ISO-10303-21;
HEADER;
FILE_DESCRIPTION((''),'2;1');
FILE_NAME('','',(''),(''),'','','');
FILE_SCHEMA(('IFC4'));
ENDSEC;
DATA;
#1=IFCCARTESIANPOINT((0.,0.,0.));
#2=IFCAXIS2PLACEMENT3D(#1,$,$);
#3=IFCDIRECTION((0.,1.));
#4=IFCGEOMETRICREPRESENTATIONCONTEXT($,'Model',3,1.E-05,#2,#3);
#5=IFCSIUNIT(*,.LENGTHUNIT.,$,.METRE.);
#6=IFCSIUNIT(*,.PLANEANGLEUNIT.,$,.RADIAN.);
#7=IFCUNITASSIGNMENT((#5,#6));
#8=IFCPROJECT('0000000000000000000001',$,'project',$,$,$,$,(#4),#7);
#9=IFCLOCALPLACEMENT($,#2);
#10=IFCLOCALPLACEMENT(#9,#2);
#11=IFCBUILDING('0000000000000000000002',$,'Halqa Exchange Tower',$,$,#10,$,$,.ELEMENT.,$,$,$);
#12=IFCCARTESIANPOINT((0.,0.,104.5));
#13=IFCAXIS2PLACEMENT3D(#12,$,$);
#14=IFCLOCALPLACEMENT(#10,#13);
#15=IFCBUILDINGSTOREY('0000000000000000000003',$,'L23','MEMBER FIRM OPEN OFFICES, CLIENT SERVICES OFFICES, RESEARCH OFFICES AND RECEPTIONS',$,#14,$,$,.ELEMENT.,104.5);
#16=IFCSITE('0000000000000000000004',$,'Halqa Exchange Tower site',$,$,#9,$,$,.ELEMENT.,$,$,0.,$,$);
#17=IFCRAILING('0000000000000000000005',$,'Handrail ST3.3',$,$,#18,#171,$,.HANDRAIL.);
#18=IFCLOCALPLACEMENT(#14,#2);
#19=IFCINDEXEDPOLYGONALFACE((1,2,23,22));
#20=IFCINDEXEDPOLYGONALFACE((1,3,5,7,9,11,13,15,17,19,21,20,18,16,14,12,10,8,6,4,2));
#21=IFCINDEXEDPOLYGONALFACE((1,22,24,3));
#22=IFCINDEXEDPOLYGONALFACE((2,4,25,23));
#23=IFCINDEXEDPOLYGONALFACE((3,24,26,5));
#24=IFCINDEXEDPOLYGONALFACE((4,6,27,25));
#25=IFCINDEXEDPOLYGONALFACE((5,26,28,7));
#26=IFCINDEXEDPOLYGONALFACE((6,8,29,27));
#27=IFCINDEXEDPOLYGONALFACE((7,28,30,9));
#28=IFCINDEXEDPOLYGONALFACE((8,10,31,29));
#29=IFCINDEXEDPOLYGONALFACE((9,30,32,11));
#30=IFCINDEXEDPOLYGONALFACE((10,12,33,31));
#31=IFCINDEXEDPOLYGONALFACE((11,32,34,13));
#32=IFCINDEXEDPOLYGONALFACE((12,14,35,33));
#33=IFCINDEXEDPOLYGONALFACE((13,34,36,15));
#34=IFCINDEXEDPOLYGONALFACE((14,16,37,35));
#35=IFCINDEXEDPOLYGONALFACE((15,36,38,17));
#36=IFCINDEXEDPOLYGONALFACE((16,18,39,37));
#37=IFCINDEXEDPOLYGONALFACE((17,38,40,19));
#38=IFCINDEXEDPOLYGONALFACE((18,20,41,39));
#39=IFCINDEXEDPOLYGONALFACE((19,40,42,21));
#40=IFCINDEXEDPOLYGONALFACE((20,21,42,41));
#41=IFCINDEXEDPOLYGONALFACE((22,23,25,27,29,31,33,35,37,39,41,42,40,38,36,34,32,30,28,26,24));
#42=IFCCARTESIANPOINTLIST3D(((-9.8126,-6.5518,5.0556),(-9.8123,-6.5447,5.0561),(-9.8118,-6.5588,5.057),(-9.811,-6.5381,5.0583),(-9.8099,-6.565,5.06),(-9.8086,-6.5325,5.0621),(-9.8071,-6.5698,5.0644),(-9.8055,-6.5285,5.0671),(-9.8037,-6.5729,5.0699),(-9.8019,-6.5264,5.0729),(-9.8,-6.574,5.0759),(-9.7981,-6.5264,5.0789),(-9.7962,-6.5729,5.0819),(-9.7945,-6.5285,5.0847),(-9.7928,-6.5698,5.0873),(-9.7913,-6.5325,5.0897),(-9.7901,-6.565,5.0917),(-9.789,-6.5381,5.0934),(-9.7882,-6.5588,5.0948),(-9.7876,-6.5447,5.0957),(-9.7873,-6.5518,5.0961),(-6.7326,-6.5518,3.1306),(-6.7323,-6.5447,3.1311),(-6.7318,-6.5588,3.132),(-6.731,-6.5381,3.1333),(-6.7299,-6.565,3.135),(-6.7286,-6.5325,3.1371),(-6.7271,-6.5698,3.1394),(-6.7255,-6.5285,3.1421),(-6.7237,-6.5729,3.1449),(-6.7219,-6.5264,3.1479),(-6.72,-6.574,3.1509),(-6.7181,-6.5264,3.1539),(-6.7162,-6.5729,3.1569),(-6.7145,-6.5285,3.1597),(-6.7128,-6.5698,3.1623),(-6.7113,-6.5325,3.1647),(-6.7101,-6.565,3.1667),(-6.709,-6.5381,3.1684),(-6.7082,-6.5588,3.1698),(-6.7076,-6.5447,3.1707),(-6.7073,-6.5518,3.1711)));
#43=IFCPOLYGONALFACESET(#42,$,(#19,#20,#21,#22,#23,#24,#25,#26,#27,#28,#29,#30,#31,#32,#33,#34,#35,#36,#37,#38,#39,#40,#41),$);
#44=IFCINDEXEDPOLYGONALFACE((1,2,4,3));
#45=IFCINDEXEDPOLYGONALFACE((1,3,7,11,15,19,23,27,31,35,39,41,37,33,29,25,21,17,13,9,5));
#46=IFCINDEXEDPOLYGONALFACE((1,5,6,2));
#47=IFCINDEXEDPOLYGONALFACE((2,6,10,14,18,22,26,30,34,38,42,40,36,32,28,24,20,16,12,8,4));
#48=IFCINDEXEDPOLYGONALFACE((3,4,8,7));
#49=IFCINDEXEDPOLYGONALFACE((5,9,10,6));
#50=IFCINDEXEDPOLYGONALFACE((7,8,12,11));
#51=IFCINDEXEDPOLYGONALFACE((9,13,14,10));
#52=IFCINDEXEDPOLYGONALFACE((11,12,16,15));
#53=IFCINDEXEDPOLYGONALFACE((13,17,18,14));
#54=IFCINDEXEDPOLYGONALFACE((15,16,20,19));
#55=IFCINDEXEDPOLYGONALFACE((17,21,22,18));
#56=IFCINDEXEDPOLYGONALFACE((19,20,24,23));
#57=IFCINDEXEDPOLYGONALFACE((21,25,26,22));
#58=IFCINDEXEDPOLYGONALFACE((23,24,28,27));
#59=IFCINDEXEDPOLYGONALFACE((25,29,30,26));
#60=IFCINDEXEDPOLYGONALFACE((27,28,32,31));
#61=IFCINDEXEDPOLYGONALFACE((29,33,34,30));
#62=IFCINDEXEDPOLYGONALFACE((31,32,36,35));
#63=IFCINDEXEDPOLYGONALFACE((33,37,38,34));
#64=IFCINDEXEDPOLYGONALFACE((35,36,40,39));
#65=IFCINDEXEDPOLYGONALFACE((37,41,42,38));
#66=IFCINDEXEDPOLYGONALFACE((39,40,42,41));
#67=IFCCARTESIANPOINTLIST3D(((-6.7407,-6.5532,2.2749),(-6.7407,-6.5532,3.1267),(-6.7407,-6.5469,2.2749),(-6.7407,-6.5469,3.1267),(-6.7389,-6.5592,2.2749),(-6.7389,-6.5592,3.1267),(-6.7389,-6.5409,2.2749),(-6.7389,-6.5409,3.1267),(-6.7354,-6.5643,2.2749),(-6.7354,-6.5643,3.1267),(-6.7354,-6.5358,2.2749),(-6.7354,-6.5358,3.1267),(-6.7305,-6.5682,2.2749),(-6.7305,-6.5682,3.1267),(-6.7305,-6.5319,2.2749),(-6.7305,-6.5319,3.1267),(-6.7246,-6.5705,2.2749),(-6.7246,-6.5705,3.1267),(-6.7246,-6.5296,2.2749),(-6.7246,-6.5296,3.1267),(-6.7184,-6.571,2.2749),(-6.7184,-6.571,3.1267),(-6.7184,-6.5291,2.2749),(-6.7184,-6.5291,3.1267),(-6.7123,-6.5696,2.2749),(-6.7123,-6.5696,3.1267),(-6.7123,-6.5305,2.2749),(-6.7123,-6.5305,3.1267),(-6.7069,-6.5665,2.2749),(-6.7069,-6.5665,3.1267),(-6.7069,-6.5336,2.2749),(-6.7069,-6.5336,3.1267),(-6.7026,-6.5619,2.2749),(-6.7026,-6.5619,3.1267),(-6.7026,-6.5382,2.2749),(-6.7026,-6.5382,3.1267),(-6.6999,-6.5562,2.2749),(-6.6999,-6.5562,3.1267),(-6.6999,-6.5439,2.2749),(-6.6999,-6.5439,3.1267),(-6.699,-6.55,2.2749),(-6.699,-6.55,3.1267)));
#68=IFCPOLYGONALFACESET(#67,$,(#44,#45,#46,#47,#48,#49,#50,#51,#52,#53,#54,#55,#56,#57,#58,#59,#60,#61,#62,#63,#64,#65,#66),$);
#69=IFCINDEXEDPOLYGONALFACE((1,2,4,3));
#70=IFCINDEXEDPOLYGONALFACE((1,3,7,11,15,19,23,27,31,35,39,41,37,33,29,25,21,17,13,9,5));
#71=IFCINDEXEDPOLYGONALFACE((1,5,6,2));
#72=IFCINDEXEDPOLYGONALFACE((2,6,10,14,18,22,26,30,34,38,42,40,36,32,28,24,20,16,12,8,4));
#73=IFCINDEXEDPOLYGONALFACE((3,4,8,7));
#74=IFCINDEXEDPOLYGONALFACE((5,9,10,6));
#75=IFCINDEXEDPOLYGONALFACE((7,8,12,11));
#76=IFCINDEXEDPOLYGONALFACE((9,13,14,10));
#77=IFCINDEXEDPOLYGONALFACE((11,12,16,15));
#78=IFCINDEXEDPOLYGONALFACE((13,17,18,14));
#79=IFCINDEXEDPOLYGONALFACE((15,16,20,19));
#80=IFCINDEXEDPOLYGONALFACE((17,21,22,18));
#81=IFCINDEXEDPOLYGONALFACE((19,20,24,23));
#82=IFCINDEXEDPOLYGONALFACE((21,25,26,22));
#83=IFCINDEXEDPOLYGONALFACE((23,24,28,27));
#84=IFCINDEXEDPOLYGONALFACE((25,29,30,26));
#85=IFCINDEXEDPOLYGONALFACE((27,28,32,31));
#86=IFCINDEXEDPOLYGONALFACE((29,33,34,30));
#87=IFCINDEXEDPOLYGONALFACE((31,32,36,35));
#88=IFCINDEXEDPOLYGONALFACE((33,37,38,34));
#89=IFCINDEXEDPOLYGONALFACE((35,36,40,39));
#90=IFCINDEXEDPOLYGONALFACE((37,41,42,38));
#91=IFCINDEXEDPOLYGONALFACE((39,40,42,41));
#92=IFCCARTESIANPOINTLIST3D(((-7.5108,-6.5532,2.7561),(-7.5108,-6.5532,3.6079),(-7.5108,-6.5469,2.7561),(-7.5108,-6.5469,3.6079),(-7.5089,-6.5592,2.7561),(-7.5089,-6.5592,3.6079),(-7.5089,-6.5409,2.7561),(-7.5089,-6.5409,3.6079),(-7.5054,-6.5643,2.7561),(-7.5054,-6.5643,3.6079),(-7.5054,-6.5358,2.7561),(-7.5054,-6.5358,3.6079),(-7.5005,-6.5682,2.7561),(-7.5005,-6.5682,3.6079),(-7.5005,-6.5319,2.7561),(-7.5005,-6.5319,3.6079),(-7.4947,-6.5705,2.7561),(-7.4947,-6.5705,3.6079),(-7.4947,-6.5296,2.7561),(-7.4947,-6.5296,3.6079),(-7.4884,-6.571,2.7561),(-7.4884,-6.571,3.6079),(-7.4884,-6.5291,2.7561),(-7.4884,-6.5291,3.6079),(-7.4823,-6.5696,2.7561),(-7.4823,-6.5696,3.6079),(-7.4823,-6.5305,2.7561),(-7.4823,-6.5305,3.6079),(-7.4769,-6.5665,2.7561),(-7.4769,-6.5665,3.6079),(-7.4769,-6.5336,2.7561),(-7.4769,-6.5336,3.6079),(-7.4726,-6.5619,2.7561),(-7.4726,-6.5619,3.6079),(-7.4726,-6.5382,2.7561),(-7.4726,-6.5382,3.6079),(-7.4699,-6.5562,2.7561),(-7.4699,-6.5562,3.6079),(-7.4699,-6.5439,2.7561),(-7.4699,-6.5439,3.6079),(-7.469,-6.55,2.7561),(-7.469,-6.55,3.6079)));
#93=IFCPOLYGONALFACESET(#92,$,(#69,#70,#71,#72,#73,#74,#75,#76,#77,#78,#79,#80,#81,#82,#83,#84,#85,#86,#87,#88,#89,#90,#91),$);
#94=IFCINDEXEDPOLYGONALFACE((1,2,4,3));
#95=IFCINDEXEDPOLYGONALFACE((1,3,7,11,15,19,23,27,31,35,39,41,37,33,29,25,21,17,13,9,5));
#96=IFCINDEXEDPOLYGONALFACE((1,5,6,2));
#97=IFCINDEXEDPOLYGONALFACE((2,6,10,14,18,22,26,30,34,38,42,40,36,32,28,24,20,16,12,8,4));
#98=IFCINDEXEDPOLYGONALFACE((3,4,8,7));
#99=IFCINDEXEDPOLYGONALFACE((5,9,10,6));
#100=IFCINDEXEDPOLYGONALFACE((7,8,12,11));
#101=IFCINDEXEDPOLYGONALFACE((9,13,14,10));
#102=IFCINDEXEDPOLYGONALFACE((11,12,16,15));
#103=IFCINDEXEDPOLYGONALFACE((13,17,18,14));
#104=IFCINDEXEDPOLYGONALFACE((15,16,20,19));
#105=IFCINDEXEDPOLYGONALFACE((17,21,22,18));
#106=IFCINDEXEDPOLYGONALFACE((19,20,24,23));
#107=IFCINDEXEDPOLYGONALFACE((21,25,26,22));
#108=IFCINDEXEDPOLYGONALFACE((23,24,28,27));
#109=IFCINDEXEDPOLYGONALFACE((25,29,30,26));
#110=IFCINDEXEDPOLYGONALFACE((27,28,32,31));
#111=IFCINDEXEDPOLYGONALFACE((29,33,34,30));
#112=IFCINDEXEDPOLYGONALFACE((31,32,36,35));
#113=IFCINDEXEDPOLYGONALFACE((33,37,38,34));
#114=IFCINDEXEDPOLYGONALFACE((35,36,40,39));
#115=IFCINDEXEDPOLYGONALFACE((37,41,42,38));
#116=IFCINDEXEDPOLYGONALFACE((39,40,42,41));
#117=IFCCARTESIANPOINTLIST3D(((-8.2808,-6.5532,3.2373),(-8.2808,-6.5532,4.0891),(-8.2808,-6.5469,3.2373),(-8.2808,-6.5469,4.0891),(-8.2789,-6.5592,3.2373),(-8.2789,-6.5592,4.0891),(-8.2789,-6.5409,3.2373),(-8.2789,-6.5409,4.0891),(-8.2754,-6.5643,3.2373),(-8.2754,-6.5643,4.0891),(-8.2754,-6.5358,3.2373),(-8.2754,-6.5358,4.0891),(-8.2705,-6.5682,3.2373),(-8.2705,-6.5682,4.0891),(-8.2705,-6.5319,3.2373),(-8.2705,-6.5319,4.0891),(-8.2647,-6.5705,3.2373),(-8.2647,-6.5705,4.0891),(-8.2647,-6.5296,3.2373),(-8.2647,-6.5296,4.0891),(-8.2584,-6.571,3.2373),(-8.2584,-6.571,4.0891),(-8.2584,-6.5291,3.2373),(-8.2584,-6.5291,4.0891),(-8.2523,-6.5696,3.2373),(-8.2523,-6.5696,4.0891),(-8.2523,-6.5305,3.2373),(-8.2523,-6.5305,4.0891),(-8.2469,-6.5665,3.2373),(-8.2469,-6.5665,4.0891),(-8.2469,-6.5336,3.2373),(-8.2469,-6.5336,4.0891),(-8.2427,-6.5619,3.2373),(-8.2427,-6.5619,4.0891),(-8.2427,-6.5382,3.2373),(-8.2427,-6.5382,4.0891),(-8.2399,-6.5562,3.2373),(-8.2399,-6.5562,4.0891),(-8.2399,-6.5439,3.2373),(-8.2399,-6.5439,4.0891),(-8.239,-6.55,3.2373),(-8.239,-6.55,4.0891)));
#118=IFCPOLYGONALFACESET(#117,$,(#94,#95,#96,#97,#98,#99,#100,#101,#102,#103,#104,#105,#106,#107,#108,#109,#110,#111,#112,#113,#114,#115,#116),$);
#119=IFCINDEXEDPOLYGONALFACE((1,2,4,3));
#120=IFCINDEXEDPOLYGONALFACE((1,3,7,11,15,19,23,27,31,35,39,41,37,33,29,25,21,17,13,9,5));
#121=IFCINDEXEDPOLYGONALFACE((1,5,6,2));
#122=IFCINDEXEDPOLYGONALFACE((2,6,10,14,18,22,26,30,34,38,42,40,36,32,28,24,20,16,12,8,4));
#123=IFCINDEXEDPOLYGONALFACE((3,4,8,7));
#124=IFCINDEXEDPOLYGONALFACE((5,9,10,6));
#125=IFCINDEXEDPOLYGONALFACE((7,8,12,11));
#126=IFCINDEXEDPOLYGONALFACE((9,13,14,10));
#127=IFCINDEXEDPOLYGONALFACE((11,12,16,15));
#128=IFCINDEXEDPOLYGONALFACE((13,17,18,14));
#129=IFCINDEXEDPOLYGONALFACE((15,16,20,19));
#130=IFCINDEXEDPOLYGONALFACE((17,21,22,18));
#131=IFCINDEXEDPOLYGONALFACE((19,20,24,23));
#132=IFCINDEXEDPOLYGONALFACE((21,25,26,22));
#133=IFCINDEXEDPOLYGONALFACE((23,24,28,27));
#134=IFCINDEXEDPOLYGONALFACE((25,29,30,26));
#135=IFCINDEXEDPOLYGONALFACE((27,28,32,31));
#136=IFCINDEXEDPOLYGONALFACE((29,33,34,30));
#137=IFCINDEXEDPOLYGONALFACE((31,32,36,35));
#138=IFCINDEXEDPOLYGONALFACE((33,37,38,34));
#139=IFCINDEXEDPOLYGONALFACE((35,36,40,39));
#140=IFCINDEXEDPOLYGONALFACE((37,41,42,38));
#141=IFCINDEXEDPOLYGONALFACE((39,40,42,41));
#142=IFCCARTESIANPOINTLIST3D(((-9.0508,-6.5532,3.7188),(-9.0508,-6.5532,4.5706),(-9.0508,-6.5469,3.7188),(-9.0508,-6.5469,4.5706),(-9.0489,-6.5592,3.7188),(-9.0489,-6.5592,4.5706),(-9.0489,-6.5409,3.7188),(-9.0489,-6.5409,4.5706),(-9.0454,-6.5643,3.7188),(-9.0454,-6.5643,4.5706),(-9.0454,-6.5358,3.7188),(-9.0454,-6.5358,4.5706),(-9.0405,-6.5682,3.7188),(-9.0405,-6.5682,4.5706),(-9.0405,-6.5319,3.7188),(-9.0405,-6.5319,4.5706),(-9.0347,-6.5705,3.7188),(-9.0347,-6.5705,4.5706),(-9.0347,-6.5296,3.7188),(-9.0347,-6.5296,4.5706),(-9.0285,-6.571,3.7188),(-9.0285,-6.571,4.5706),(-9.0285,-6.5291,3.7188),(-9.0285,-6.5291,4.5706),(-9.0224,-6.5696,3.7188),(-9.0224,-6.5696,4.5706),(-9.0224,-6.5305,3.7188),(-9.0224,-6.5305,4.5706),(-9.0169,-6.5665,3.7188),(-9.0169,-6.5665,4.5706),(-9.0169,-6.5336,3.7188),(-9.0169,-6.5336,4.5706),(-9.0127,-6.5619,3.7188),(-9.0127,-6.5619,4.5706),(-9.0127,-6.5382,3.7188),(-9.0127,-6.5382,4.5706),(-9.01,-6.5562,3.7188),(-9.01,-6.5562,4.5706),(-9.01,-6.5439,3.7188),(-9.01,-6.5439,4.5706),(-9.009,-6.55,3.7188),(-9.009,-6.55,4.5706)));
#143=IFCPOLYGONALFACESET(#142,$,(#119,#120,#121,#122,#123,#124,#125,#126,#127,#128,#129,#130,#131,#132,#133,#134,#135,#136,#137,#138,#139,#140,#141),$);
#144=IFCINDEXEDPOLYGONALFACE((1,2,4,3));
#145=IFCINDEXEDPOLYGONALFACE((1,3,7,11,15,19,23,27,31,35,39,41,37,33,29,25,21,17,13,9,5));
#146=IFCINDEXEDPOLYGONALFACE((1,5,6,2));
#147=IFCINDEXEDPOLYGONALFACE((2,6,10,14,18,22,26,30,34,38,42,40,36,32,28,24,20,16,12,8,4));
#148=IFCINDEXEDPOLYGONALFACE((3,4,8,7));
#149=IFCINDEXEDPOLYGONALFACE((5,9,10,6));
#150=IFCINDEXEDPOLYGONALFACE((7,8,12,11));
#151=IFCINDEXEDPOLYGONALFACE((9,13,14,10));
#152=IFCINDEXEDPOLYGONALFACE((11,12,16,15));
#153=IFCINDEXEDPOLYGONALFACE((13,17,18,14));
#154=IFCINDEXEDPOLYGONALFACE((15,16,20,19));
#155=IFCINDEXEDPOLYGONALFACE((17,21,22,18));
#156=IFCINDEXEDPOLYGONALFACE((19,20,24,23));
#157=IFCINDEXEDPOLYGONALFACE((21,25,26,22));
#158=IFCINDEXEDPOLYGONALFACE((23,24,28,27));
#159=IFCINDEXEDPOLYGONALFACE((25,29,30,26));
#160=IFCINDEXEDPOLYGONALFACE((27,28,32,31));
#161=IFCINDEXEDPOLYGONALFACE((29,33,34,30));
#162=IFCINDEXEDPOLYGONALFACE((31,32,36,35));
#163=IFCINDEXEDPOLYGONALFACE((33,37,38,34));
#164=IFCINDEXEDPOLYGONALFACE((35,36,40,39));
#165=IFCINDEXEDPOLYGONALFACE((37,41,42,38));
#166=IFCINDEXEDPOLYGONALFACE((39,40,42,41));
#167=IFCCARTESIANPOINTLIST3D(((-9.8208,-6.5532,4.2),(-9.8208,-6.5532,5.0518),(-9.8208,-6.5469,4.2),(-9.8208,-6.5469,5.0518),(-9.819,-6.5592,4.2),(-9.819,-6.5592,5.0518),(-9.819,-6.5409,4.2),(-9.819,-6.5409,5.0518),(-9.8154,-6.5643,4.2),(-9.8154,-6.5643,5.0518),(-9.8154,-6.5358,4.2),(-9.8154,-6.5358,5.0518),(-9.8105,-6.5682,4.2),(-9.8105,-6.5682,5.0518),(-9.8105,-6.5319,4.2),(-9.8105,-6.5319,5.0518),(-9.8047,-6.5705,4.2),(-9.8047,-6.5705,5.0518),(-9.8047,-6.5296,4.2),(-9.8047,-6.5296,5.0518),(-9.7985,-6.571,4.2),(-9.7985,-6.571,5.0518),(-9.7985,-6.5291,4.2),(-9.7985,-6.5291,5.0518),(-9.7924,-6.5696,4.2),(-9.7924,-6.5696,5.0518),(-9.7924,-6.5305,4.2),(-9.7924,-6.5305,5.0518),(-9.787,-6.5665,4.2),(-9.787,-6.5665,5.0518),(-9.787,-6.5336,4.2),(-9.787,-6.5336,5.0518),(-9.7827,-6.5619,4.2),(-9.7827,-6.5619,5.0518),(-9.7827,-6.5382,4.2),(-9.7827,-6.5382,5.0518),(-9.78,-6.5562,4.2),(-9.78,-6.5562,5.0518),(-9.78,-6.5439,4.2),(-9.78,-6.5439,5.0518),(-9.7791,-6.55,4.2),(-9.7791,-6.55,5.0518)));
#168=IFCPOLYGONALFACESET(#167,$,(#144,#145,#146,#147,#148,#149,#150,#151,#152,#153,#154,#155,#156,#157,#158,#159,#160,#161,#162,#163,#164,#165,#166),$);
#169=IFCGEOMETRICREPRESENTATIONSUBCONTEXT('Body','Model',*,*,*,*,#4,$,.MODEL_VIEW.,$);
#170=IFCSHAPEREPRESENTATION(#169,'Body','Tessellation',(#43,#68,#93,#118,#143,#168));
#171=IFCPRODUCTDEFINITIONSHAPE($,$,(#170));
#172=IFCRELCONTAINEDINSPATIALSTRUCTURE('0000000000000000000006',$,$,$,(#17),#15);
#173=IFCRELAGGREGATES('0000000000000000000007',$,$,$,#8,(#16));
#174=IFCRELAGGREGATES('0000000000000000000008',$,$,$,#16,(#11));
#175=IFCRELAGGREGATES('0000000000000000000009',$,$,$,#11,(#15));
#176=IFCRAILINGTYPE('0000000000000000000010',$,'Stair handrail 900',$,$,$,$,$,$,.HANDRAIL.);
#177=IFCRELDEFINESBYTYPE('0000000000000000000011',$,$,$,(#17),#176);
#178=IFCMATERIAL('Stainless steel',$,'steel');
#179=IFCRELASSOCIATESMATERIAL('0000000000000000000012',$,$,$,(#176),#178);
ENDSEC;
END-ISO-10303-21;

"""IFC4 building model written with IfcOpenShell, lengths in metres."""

from ifc_helpers import new_model, si_unit, direction, frame, origin, origin_2d, place, context, subcontext, project, spatial, circle, extrude, material, type_object, element, save


model = new_model("IFC4")

# Units and contexts
model_context = context("Model", 3, precision=1e-05, world=origin(), true_north=direction((0.0, 1.0)))
body_context = subcontext(model_context, "Body", "Model", "MODEL_VIEW")
ifc_project = project(units=[si_unit("LENGTHUNIT", "METRE"), si_unit("PLANEANGLEUNIT", "RADIAN")], contexts=[model_context])

# Site, building, storey
site_placement = place(None, origin())
site = spatial("IfcSite", under=ifc_project, at=site_placement, Name="Halqa Exchange Tower site", CompositionType="ELEMENT", RefElevation=0.0)
building_placement = place(site_placement, origin())
building = spatial("IfcBuilding", under=site, at=building_placement, Name="Halqa Exchange Tower", CompositionType="ELEMENT")
storey_placement = place(building_placement, frame((0.0, 0.0, 104.5)))
storey = spatial("IfcBuildingStorey", under=building, at=storey_placement, Name="L23", Description="MEMBER FIRM OPEN OFFICES, CLIENT SERVICES OFFICES, RESEARCH OFFICES AND RECEPTIONS", CompositionType="ELEMENT", Elevation=104.5)

# Shared definitions
ifc_material_1 = material(Name="Stainless steel", Category="steel")

# Railing
railing_type_1 = type_object("IfcRailingType", Name="Stair handrail 900", PredefinedType="HANDRAIL", material=ifc_material_1)
railing_1_placement = place(storey_placement, frame((-6.72, -6.55, 2.2749)))
element("IfcRailing", 1, at=railing_1_placement, inside=storey, type_object=railing_type_1, Name="Handrail ST3.3", PredefinedType="HANDRAIL", context=body_context, shape_type="SweptSolid", body=[
    extrude(circle(Radius=0.0239, at=origin_2d()), frame((0.0, 0.0, 0.876), z_axis=(-0.847998, 0.0, 0.529999), x_axis=(0.0, -1.0, 0.0)), (0.0, 0.0, 1.0), 3.6321),
    extrude(circle(Radius=0.021, at=origin_2d()), origin(), (0.0, 0.0, 1.0), 0.8518),
    extrude(circle(Radius=0.021, at=origin_2d()), frame((-0.77, 0.0, 0.4812)), (0.0, 0.0, 1.0), 0.8518),
    extrude(circle(Radius=0.021, at=origin_2d()), frame((-1.54, 0.0, 0.9624)), (0.0, 0.0, 1.0), 0.8518),
    extrude(circle(Radius=0.021, at=origin_2d()), frame((-2.3101, 0.0, 1.4438)), (0.0, 0.0, 1.0), 0.8518),
    extrude(circle(Radius=0.021, at=origin_2d()), frame((-3.0801, 0.0, 1.925)), (0.0, 0.0, 1.0), 0.8518),
])

save(model, "model.ifc")
